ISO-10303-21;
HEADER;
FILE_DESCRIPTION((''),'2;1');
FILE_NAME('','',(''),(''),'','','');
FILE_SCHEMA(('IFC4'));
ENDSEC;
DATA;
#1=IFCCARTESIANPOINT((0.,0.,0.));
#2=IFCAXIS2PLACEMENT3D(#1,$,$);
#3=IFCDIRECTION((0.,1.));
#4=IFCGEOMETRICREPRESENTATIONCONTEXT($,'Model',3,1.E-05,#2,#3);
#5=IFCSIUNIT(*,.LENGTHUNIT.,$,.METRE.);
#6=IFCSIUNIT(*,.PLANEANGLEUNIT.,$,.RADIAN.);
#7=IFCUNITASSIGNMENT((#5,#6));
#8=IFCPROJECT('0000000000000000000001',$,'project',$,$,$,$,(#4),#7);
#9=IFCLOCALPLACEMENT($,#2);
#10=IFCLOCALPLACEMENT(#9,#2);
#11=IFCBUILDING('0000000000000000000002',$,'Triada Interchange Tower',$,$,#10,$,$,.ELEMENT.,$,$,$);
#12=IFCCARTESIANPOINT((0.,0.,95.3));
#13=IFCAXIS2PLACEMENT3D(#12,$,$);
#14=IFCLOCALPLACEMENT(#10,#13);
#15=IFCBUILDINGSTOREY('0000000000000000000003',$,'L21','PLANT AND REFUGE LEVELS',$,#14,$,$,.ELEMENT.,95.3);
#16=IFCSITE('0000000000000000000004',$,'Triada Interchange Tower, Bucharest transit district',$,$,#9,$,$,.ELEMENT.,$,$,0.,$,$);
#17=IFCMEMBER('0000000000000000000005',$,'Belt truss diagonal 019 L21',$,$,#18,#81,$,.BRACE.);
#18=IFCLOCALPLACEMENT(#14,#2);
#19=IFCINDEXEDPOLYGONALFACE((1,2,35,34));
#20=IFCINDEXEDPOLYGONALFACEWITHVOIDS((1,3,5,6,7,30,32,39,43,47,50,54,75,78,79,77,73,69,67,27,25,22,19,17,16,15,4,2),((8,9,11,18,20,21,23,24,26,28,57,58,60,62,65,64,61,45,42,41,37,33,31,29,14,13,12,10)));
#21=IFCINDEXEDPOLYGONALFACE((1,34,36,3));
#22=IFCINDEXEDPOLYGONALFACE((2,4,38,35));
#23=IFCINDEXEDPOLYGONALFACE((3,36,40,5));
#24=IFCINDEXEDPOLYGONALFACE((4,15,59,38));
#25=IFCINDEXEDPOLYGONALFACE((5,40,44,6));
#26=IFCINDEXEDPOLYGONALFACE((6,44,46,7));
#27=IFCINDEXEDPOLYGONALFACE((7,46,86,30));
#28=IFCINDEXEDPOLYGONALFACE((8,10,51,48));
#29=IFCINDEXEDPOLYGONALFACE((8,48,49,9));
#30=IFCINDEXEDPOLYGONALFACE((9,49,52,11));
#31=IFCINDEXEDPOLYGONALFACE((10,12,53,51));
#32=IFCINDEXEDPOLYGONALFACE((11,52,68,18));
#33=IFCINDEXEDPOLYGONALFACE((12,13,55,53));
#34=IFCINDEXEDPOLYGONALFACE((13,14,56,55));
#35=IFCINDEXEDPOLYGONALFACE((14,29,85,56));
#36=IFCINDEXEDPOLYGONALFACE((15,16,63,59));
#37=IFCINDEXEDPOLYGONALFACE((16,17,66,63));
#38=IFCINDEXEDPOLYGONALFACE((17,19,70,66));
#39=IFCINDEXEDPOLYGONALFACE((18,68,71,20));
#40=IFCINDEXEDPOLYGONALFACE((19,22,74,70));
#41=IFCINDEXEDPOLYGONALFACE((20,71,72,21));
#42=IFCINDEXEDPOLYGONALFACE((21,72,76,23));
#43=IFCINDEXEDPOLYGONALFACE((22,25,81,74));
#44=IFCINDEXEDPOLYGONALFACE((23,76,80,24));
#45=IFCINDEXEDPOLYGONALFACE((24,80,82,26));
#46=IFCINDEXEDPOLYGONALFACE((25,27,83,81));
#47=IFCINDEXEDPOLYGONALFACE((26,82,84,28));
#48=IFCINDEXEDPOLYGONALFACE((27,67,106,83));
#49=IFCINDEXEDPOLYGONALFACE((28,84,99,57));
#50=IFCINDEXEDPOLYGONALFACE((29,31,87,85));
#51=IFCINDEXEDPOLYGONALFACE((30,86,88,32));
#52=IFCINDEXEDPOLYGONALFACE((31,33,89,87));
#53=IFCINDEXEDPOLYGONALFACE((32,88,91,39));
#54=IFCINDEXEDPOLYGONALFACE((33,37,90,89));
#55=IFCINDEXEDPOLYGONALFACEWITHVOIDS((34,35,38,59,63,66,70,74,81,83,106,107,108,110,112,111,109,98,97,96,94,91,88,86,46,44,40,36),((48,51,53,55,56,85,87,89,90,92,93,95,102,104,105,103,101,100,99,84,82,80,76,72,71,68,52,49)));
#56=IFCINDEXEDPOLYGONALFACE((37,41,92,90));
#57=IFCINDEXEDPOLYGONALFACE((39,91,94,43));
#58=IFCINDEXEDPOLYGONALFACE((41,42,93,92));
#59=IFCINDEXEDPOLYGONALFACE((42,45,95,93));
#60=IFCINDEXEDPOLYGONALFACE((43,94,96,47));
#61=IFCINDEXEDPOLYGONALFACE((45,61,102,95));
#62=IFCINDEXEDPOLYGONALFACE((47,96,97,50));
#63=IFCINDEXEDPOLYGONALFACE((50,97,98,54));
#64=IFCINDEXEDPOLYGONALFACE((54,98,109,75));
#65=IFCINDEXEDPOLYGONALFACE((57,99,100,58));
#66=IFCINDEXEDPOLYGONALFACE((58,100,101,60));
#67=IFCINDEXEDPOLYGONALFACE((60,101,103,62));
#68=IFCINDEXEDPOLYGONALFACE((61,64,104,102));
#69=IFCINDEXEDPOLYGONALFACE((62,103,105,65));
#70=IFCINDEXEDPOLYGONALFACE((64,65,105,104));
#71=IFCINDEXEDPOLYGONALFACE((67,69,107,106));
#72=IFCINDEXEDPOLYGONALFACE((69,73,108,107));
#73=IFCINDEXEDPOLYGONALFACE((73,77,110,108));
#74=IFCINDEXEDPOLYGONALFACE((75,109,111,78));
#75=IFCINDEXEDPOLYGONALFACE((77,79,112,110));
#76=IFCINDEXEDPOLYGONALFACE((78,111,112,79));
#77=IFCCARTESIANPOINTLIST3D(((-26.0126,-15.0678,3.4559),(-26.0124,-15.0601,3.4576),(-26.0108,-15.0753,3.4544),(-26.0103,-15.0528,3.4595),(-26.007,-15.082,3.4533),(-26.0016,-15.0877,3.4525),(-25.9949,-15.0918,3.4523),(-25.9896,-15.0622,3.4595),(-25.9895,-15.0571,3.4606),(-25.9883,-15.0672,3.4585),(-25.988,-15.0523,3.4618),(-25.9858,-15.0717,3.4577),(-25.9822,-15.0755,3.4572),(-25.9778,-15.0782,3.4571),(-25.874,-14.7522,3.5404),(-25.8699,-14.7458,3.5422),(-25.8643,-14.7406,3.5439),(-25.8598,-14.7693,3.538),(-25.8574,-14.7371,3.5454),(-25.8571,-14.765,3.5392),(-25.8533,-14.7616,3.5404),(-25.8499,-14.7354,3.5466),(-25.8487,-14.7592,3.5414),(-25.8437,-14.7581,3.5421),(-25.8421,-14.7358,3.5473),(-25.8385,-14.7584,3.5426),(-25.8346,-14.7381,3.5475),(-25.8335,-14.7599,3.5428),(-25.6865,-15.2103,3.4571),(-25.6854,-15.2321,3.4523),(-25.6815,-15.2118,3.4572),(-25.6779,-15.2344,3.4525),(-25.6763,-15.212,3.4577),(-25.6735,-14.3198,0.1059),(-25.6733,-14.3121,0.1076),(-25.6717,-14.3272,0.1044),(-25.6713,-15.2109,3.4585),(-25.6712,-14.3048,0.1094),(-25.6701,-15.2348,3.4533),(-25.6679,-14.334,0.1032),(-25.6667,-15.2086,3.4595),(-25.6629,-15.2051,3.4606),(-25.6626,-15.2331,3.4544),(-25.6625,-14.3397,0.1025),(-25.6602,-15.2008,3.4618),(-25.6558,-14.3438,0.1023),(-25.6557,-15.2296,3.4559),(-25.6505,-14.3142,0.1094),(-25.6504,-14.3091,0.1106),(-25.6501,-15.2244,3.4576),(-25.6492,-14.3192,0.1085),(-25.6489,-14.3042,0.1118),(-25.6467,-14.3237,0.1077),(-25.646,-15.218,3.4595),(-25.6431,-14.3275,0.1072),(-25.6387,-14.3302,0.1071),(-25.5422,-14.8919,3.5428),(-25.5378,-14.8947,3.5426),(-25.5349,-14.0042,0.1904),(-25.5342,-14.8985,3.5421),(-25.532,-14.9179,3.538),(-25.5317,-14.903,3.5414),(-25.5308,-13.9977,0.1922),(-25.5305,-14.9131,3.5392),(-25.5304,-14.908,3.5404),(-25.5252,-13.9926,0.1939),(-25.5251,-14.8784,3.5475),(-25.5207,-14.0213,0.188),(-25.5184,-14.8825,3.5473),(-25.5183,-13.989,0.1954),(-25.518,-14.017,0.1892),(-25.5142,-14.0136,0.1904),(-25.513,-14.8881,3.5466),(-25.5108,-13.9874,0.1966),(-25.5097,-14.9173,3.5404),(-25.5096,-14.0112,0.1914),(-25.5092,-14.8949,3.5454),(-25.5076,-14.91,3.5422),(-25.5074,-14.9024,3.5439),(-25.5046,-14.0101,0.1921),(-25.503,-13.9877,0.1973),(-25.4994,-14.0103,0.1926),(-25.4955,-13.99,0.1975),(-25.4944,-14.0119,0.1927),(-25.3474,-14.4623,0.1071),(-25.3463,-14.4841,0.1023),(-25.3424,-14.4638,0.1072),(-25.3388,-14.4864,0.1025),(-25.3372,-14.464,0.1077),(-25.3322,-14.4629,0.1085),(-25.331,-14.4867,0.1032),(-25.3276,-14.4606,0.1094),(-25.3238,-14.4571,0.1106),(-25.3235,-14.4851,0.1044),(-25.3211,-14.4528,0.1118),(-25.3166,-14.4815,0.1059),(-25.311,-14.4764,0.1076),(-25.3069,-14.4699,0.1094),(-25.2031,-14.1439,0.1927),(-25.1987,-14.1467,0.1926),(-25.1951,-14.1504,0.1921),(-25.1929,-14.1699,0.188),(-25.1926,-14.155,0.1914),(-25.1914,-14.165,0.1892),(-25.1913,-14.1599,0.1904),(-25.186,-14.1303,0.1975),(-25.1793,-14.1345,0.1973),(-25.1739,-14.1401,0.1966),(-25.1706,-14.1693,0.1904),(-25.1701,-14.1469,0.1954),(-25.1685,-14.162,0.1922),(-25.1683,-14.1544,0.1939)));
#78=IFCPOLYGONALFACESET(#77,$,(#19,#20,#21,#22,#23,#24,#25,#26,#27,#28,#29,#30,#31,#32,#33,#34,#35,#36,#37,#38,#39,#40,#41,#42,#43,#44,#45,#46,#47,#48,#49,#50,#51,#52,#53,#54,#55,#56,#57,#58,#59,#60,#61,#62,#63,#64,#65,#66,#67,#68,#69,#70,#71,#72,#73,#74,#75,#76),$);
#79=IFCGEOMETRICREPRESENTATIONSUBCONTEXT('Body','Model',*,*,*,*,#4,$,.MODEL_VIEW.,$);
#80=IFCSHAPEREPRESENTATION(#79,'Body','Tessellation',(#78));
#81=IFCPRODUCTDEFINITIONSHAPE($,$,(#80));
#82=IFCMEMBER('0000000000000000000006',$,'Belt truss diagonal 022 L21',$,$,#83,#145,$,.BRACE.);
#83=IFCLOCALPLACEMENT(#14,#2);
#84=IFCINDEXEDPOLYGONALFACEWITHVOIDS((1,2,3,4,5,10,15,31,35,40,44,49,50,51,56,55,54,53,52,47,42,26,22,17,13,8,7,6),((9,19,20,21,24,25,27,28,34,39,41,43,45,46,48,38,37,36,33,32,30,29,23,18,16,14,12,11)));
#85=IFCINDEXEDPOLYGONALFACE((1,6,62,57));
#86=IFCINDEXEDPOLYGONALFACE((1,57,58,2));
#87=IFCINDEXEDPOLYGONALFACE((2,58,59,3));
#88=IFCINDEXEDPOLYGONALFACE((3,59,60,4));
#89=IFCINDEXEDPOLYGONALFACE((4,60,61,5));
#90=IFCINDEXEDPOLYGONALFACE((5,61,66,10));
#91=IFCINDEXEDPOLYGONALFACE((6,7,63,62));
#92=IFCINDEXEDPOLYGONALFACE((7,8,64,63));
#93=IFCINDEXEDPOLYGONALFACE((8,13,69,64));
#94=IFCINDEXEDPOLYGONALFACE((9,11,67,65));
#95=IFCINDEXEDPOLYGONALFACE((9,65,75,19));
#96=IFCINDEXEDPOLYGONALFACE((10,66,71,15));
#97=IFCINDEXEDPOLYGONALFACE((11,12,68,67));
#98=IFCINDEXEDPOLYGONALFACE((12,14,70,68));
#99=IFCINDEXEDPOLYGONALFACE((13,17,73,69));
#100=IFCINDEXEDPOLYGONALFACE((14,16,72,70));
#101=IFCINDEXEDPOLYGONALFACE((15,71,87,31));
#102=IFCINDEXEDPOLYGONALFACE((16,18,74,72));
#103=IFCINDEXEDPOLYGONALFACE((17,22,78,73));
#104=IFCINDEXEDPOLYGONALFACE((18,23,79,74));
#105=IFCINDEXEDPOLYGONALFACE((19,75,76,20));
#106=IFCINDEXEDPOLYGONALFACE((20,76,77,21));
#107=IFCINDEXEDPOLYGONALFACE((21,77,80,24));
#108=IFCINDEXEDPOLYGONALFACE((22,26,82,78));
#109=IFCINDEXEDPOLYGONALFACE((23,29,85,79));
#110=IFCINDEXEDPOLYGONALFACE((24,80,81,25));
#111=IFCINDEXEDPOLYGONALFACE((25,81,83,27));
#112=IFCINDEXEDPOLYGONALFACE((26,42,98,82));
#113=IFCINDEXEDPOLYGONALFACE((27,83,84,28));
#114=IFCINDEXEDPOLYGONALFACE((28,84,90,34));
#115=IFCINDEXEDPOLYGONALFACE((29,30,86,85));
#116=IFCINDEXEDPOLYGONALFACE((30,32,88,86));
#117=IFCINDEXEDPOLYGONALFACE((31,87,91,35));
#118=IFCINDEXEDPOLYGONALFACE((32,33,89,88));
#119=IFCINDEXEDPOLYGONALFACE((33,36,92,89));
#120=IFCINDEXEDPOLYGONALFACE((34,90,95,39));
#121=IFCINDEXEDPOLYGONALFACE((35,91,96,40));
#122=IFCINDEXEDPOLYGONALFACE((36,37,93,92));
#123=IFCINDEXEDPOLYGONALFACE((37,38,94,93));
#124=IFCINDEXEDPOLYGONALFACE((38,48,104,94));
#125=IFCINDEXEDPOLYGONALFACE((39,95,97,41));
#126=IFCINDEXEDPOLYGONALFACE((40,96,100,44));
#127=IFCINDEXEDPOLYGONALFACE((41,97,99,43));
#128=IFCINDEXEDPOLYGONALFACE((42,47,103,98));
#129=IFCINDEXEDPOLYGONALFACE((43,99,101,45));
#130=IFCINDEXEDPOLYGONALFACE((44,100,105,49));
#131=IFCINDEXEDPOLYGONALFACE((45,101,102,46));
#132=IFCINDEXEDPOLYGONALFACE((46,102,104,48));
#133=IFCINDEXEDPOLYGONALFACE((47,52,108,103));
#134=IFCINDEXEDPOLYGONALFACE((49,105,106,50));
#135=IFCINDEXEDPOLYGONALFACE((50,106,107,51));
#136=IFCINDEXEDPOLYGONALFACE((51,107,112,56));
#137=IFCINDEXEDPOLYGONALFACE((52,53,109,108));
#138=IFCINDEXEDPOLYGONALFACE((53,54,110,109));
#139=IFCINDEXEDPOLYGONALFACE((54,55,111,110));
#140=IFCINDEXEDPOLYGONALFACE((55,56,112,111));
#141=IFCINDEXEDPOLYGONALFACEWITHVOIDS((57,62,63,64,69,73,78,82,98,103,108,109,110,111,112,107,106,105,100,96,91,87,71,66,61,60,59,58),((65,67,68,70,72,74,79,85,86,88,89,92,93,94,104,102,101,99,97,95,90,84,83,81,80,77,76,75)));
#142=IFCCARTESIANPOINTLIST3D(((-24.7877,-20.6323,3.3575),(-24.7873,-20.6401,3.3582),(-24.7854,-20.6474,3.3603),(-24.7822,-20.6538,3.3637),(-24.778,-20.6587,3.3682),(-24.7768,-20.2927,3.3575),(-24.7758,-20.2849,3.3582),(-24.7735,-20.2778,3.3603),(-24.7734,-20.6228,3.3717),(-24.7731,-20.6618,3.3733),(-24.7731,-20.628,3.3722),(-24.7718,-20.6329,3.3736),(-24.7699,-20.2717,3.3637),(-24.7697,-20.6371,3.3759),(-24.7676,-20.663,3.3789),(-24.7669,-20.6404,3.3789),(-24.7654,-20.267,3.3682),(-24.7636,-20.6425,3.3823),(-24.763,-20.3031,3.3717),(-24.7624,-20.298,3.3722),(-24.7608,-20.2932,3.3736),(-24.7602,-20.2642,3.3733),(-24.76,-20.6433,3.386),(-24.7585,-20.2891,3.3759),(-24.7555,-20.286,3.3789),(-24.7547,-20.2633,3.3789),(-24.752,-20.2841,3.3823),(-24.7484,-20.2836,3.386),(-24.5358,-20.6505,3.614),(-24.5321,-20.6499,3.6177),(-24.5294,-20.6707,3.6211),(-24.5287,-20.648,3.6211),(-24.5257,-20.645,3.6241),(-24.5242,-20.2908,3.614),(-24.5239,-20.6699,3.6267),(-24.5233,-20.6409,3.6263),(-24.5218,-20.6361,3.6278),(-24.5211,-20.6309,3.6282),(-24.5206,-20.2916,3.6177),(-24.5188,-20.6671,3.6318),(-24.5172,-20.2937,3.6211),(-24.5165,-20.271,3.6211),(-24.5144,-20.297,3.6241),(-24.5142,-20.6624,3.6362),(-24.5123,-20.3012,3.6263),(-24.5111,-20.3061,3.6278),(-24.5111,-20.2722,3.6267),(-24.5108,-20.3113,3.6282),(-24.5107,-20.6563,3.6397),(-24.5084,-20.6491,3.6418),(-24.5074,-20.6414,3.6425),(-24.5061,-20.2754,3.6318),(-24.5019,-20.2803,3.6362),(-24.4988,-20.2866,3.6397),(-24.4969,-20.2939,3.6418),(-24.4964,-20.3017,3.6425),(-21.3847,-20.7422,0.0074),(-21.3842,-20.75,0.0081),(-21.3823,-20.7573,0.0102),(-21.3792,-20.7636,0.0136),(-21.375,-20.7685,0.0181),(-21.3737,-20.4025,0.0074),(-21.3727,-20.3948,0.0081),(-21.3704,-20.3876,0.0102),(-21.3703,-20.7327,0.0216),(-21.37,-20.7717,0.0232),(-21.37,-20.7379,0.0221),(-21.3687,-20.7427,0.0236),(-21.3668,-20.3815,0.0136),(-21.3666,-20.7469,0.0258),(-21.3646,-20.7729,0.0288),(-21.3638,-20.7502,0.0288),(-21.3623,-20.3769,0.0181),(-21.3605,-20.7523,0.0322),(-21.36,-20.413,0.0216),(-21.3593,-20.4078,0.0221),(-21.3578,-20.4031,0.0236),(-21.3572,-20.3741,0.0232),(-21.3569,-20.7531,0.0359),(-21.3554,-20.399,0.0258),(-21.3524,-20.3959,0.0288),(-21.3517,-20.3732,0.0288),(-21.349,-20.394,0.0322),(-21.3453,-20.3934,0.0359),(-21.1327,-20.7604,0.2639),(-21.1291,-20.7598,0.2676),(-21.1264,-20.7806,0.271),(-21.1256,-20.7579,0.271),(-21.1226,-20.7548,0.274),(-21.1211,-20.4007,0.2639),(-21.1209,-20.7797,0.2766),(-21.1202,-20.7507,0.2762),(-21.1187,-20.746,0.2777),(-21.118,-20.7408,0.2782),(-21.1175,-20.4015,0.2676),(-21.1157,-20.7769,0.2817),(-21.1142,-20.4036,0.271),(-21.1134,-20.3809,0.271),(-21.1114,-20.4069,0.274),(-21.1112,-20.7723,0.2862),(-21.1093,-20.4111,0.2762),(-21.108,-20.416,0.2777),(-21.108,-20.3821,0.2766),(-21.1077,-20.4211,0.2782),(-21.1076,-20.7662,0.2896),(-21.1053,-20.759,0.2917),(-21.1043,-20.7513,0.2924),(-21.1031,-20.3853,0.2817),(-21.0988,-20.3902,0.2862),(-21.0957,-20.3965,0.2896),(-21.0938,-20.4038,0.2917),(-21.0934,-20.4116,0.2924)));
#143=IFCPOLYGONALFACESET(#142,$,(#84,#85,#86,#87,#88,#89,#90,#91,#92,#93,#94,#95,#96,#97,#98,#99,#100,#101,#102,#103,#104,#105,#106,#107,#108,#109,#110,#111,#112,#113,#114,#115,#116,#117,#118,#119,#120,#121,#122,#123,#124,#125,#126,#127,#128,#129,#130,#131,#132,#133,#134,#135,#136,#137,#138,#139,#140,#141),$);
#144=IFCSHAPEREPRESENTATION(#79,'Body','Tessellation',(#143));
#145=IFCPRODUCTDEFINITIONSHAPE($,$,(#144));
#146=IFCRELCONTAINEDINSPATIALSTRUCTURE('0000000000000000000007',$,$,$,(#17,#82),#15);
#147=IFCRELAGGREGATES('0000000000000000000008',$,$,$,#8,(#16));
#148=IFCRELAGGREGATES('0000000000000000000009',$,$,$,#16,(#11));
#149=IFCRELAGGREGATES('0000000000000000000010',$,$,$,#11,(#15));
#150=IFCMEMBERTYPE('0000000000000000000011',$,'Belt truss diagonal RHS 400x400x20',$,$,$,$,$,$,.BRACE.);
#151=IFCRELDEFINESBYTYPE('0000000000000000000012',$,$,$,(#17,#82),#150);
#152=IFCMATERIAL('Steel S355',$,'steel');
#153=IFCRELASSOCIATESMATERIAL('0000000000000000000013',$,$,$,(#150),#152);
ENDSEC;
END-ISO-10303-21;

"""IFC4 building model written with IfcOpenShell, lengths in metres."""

from ifc_helpers import new_model, si_unit, direction, frame, origin, origin_2d, place, context, subcontext, project, spatial, hollow_rectangle, extrude, material, material_profile, profile_set, type_object, element, save


model = new_model("IFC4")

# Units and contexts
model_context = context("Model", 3, precision=1e-05, world=origin(), true_north=direction((0.0, 1.0)))
body_context = subcontext(model_context, "Body", "Model", "MODEL_VIEW")
ifc_project = project(units=[si_unit("LENGTHUNIT", "METRE"), si_unit("PLANEANGLEUNIT", "RADIAN")], contexts=[model_context])

# Site, building, storey
site_placement = place(None, origin())
site = spatial("IfcSite", under=ifc_project, at=site_placement, Name="Triada Interchange Tower, Bucharest transit district", CompositionType="ELEMENT", RefElevation=0.0)
building_placement = place(site_placement, origin())
building = spatial("IfcBuilding", under=site, at=building_placement, Name="Triada Interchange Tower", CompositionType="ELEMENT")
storey_placement = place(building_placement, frame((0.0, 0.0, 95.3)))
storey = spatial("IfcBuildingStorey", under=building, at=storey_placement, Name="L21", Description="PLANT AND REFUGE LEVELS", CompositionType="ELEMENT", Elevation=95.3)

# Members
ifc_material_1 = material(Name="Steel S355", Category="steel")
ifc_material_profile_1 = material_profile(ifc_material_1, hollow_rectangle(XDim=0.3999, YDim=0.3999, WallThickness=0.02, InnerFilletRadius=0.02, OuterFilletRadius=0.03, at=origin_2d()), Name="RHS 400x400x20")
ifc_profile_set_1 = profile_set([ifc_material_profile_1], Name="Steel S355")
member_type_1 = type_object("IfcMemberType", Name="Belt truss diagonal RHS 400x400x20", PredefinedType="BRACE", material=ifc_profile_set_1)
member_1_placement = place(storey_placement, frame((-25.4209, -14.2371, 0.1499), z_axis=(-0.098313, -0.216869, 0.971238), x_axis=(0.910783, -0.412885, 0.0)))
element("IfcMember", 1, at=member_1_placement, inside=storey, type_object=member_type_1, Name="Belt truss diagonal 019 L21", PredefinedType="BRACE", context=body_context, shape_type="SweptSolid", body=[
    extrude(hollow_rectangle(XDim=0.3999, YDim=0.3999, WallThickness=0.02, InnerFilletRadius=0.02, OuterFilletRadius=0.03, at=origin_2d()), origin(), (0.0, 0.0, 1.0), 3.4492),
])
member_2_placement = place(storey_placement, frame((-21.239, -20.5769, 0.1499), z_axis=(-0.712444, 0.023, 0.701352), x_axis=(-0.032267, -0.999479, 0.0)))
element("IfcMember", 2, at=member_2_placement, inside=storey, type_object=member_type_1, Name="Belt truss diagonal 022 L21", PredefinedType="BRACE", context=body_context, shape_type="SweptSolid", body=[
    extrude(hollow_rectangle(XDim=0.3999, YDim=0.3999, WallThickness=0.02, InnerFilletRadius=0.02, OuterFilletRadius=0.03, at=origin_2d()), origin(), (0.0, 0.0, 1.0), 4.7766),
])

save(model, "model.ifc")
